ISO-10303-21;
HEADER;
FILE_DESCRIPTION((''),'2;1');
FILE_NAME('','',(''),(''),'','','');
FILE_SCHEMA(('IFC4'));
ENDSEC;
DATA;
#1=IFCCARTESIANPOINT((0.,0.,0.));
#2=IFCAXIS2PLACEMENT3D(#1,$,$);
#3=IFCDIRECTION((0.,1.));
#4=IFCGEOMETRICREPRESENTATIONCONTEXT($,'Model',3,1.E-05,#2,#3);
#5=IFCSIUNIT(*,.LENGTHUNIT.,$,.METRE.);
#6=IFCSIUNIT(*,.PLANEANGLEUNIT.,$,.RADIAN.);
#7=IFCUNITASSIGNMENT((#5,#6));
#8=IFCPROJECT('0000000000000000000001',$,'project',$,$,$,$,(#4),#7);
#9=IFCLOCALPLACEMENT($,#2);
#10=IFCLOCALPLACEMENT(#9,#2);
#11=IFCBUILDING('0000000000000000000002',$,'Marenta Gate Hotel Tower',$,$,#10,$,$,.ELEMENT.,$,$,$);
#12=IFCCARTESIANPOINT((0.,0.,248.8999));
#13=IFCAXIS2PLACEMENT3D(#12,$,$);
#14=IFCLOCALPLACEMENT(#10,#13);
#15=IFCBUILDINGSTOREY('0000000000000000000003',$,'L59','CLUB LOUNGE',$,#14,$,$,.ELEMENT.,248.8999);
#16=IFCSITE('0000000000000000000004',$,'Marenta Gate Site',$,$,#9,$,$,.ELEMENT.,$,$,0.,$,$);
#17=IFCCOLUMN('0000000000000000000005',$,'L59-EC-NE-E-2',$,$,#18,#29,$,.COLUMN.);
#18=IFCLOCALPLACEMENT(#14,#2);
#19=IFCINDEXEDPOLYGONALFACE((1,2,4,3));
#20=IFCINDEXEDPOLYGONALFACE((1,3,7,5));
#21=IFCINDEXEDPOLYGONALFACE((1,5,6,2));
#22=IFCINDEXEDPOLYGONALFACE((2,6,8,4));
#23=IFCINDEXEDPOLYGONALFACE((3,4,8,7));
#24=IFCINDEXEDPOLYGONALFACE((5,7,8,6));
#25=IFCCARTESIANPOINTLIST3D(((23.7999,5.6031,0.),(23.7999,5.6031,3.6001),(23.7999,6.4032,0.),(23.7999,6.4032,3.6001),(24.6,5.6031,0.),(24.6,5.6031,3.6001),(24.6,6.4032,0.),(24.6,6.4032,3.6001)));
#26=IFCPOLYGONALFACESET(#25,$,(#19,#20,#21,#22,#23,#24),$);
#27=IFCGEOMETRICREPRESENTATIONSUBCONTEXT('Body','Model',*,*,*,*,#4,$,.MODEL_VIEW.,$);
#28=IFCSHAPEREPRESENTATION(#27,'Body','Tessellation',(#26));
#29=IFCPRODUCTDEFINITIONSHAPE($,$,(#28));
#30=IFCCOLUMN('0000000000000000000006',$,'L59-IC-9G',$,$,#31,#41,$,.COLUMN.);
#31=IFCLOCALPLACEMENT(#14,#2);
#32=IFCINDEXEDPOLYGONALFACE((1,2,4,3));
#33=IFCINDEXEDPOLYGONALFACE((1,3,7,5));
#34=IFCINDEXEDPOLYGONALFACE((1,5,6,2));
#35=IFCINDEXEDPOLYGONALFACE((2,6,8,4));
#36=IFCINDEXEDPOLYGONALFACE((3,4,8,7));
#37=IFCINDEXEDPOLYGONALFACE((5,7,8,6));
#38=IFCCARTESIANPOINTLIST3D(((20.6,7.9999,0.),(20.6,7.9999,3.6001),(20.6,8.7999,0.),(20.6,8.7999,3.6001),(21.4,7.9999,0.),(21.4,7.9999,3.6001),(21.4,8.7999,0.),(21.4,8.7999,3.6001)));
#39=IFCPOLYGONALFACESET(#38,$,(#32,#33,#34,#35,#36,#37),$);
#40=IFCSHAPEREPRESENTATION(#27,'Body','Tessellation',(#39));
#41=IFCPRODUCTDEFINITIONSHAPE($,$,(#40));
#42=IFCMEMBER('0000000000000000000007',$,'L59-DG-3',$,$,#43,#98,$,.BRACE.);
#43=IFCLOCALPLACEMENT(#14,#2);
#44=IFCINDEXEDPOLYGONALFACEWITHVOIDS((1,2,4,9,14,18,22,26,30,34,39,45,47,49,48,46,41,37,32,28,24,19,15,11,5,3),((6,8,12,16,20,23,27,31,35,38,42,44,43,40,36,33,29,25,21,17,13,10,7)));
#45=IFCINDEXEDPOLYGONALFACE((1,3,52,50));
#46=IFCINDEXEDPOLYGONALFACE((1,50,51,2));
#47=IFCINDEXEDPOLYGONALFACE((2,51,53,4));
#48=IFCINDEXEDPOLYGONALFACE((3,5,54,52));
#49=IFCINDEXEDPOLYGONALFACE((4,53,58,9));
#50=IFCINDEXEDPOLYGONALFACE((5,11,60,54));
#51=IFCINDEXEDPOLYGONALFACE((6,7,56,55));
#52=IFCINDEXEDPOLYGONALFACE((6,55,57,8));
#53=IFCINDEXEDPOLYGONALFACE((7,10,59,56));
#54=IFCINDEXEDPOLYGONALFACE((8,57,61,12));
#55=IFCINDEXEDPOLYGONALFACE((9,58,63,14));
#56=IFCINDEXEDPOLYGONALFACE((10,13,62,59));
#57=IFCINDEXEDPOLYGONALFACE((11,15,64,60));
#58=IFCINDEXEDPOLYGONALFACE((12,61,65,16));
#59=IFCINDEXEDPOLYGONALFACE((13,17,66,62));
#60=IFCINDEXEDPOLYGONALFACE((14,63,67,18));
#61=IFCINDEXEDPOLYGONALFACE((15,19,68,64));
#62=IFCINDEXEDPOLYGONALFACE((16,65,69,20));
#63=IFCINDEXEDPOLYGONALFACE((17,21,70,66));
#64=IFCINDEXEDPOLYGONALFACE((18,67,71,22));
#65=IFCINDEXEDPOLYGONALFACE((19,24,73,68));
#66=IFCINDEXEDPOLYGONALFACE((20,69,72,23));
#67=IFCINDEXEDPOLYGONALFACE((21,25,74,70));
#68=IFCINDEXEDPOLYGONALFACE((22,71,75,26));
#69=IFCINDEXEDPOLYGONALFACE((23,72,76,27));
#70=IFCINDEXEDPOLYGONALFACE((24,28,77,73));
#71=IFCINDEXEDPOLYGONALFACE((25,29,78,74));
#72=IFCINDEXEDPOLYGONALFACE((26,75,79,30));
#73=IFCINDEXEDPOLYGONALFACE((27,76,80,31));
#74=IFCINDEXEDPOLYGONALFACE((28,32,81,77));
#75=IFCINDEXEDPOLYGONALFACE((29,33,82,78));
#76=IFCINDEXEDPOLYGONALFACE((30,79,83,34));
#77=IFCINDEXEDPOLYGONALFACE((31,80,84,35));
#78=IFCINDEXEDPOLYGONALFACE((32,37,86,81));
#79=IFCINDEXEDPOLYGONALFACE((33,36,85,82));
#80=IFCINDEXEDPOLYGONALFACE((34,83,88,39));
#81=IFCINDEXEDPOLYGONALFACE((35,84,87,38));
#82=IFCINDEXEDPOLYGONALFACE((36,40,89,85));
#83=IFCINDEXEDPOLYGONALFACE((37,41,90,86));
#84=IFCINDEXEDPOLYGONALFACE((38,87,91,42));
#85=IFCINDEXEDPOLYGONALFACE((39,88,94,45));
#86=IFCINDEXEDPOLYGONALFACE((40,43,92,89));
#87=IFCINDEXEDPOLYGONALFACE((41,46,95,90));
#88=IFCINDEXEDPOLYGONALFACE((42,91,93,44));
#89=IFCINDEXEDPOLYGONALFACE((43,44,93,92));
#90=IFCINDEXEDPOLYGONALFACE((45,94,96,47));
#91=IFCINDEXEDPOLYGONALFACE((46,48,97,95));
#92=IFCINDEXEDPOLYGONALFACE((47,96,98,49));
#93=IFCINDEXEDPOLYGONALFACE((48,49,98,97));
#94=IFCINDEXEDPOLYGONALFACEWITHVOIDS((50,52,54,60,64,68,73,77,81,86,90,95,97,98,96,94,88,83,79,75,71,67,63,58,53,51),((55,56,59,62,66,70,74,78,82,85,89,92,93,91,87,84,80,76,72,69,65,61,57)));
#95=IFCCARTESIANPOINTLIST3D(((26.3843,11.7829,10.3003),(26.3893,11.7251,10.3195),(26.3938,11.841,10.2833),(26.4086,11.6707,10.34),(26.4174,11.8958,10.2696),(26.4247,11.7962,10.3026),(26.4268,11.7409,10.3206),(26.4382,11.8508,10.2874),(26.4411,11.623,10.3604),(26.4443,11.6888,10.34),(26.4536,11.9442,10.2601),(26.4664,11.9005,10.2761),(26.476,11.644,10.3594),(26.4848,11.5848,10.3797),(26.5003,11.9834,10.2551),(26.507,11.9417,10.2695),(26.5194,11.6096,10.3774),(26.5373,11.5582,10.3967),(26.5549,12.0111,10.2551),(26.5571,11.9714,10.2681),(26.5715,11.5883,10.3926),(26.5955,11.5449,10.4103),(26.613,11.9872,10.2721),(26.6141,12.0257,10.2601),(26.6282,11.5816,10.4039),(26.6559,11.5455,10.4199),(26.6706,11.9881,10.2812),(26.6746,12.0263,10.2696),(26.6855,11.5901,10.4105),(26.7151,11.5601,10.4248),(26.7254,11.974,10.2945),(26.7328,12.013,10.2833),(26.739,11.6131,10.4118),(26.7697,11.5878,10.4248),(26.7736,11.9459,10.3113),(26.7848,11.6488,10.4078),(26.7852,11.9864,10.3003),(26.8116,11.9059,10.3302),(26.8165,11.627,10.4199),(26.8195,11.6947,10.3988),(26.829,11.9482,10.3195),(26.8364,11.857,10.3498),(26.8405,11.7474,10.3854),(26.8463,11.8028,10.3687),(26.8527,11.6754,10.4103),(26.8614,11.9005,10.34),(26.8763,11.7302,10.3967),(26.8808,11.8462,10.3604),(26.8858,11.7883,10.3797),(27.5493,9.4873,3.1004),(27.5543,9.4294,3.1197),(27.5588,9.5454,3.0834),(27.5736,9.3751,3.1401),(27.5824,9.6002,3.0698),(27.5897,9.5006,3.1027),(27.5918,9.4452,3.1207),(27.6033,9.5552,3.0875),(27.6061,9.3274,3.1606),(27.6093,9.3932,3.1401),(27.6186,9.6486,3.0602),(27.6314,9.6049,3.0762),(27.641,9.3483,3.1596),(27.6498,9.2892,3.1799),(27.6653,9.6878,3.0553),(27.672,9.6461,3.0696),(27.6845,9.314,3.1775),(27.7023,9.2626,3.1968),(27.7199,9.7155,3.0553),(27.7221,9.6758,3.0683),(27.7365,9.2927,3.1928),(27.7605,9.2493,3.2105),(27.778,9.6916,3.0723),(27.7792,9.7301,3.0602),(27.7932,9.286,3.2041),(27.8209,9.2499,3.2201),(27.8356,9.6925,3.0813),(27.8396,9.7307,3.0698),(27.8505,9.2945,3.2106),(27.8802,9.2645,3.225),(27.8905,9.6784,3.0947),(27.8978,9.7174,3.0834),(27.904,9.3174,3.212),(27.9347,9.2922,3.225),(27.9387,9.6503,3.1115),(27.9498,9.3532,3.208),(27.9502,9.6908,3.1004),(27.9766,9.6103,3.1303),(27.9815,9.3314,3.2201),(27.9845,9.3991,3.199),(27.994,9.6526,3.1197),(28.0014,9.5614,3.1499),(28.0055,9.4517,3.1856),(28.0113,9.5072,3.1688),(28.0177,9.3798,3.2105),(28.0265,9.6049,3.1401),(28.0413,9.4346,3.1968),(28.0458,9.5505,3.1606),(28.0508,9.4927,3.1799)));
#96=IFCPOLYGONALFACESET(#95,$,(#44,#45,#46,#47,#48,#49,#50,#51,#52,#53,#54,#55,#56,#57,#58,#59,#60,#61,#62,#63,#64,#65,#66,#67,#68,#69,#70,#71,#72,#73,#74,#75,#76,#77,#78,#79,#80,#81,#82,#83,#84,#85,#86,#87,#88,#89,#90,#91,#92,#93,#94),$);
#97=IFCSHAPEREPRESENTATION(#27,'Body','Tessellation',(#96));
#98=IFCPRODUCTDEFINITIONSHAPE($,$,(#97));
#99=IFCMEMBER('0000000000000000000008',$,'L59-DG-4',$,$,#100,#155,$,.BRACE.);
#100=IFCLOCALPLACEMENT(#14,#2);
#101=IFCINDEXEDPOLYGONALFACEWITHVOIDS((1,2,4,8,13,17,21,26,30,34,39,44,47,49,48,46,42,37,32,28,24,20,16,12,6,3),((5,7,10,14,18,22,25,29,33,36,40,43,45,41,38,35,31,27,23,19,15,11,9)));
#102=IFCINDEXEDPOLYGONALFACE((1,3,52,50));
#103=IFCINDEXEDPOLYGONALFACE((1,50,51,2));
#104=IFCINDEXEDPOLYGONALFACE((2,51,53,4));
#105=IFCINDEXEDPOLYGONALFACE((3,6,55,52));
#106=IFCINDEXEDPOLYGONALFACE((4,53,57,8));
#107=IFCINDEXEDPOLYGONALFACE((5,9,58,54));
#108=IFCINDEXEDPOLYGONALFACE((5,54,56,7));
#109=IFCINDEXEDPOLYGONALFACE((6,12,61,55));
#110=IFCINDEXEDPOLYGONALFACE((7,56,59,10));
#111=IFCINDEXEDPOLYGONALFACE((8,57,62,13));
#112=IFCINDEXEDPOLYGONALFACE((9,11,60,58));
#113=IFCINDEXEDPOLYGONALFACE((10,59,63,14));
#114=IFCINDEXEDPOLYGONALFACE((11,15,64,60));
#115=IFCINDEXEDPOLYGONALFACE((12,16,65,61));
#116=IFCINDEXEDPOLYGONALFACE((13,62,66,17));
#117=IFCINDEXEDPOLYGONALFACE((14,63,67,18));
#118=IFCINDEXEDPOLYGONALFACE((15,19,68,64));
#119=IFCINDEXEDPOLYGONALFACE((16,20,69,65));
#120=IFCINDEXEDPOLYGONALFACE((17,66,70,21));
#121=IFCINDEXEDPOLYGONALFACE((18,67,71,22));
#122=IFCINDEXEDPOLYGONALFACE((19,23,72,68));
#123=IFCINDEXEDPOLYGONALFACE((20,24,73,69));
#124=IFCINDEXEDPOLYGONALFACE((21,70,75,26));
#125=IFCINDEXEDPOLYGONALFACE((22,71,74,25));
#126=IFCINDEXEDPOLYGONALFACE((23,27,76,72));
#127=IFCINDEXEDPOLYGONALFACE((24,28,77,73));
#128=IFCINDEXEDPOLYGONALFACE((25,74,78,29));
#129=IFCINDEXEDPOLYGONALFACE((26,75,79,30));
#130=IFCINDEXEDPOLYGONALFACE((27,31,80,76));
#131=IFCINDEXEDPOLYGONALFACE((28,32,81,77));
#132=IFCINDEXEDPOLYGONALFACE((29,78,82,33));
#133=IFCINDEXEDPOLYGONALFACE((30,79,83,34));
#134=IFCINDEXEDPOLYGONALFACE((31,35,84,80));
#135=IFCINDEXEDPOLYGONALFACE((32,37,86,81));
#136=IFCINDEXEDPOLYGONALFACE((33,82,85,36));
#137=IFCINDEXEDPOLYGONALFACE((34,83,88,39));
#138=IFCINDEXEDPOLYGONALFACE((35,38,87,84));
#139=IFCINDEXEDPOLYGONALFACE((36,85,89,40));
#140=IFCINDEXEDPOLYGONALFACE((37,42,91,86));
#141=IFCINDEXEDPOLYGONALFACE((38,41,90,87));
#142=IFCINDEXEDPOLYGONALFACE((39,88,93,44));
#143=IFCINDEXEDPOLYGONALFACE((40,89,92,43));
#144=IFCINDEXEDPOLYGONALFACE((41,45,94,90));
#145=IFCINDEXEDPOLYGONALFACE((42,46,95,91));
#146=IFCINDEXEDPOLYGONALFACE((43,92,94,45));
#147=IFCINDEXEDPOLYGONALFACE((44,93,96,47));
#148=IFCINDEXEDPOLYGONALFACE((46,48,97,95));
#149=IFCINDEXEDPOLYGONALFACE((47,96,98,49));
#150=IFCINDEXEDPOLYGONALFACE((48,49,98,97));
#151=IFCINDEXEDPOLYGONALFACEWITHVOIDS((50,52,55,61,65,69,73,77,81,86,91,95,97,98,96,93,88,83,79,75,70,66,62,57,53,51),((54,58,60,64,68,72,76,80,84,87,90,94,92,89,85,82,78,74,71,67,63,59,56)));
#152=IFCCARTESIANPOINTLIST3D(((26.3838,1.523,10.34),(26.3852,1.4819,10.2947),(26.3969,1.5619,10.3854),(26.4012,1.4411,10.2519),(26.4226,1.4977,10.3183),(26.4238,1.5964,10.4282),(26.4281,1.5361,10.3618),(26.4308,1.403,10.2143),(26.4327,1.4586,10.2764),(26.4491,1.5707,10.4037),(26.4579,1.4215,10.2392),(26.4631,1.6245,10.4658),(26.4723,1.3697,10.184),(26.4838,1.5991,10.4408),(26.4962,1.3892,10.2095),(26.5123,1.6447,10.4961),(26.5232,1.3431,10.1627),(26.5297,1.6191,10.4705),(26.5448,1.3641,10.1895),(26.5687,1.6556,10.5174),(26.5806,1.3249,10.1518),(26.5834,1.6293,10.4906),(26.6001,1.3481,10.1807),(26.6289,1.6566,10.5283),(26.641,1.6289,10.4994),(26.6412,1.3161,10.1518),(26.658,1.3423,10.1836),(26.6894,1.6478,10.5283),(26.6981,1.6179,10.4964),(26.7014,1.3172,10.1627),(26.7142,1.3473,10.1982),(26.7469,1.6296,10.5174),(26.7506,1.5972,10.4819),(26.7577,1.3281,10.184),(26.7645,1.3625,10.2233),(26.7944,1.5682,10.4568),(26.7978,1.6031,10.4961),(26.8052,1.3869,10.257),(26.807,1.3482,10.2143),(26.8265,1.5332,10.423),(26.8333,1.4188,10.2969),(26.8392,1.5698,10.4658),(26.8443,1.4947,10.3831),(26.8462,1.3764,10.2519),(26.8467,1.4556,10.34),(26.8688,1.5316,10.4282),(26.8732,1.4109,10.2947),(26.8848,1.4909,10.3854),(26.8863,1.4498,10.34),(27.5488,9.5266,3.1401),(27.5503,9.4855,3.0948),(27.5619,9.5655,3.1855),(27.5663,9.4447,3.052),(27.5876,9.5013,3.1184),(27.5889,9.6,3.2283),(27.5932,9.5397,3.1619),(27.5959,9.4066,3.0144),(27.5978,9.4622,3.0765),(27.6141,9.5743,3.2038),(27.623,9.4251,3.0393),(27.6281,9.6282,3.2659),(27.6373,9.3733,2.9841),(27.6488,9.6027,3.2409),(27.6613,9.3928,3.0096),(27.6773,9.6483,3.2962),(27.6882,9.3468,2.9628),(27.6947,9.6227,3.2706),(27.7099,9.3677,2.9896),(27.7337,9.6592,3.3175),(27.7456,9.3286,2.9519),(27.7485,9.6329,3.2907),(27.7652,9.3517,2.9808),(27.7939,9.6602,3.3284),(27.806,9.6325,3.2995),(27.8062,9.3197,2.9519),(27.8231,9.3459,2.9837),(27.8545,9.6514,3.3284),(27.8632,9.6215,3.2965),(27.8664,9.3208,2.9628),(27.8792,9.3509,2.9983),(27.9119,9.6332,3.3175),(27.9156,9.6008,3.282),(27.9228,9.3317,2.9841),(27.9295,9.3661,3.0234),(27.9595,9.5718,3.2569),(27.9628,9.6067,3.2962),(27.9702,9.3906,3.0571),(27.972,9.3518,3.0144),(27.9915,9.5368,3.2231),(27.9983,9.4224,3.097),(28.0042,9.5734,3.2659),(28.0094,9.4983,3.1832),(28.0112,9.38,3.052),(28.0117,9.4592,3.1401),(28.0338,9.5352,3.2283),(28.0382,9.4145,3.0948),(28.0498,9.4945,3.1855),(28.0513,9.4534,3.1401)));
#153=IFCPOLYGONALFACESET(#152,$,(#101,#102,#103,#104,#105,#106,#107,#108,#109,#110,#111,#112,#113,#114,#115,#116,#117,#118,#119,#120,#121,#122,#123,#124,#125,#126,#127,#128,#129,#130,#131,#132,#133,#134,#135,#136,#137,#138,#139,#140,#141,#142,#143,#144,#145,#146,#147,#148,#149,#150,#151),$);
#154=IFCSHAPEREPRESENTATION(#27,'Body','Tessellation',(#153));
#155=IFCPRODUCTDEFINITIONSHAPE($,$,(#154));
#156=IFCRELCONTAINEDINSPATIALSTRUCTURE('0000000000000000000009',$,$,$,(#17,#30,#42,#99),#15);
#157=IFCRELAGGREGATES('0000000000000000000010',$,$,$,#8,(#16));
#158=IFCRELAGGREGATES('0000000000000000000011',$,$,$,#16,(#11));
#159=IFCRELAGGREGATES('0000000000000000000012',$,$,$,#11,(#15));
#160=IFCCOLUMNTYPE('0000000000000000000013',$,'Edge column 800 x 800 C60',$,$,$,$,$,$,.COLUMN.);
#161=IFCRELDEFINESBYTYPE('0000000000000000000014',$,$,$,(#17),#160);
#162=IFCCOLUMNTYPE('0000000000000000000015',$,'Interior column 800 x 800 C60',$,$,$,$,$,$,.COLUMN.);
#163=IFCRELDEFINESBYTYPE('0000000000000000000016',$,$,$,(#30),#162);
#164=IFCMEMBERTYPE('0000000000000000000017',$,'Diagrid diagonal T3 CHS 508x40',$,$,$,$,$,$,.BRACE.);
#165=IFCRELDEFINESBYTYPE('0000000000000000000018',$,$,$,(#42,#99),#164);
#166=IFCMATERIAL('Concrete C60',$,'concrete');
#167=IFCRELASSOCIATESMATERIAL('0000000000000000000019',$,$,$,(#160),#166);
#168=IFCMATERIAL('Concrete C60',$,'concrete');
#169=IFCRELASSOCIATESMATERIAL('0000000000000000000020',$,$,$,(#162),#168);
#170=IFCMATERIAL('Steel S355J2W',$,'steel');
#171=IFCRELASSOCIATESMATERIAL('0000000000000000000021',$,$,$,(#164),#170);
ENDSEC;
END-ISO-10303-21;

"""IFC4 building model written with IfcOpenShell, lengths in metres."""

from ifc_helpers import new_model, si_unit, direction, frame, origin, origin_2d, place, context, subcontext, project, spatial, rectangle, hollow_circle, extrude, material, material_profile, profile_set, type_object, element, save


model = new_model("IFC4")

# Units and contexts
model_context = context("Model", 3, precision=1e-05, world=origin(), true_north=direction((0.0, 1.0)))
body_context = subcontext(model_context, "Body", "Model", "MODEL_VIEW")
ifc_project = project(units=[si_unit("LENGTHUNIT", "METRE"), si_unit("PLANEANGLEUNIT", "RADIAN")], contexts=[model_context])

# Site, building, storey
site_placement = place(None, origin())
site = spatial("IfcSite", under=ifc_project, at=site_placement, Name="Marenta Gate Site", CompositionType="ELEMENT", RefElevation=0.0)
building_placement = place(site_placement, origin())
building = spatial("IfcBuilding", under=site, at=building_placement, Name="Marenta Gate Hotel Tower", CompositionType="ELEMENT")
storey_placement = place(building_placement, frame((0.0, 0.0, 248.8999)))
storey = spatial("IfcBuildingStorey", under=building, at=storey_placement, Name="L59", Description="CLUB LOUNGE", CompositionType="ELEMENT", Elevation=248.8999)

# Columns
ifc_material_1 = material(Name="Concrete C60", Category="concrete")
ifc_material_profile_1 = material_profile(ifc_material_1, rectangle(XDim=0.8, YDim=0.8, at=origin_2d()), Name="800 x 800")
ifc_profile_set_1 = profile_set([ifc_material_profile_1], Name="Concrete C60")
column_type_1 = type_object("IfcColumnType", Name="Edge column 800 x 800 C60", PredefinedType="COLUMN", material=ifc_profile_set_1)
column_1_placement = place(storey_placement, frame((24.2, 6.0032, 0.0), z_axis=(0.0, 0.0, 1.0), x_axis=(1.0, 0.0, 0.0)))
element("IfcColumn", 1, at=column_1_placement, inside=storey, type_object=column_type_1, Name="L59-EC-NE-E-2", PredefinedType="COLUMN", context=body_context, shape_type="SweptSolid", body=[
    extrude(rectangle(XDim=0.8, YDim=0.8, at=origin_2d()), origin(), (0.0, 0.0, 1.0), 3.6001),
])
ifc_material_2 = material(Name="Concrete C60", Category="concrete")
ifc_material_profile_2 = material_profile(ifc_material_2, rectangle(XDim=0.8, YDim=0.8, at=origin_2d()), Name="800 x 800")
ifc_profile_set_2 = profile_set([ifc_material_profile_2], Name="Concrete C60")
column_type_2 = type_object("IfcColumnType", Name="Interior column 800 x 800 C60", PredefinedType="COLUMN", material=ifc_profile_set_2)
column_2_placement = place(storey_placement, frame((21.0, 8.3999, 0.0), z_axis=(0.0, 0.0, 1.0), x_axis=(1.0, 0.0, 0.0)))
element("IfcColumn", 2, at=column_2_placement, inside=storey, type_object=column_type_2, Name="L59-IC-9G", PredefinedType="COLUMN", context=body_context, shape_type="SweptSolid", body=[
    extrude(rectangle(XDim=0.8, YDim=0.8, at=origin_2d()), origin(), (0.0, 0.0, 1.0), 3.6001),
])

# Members
ifc_material_3 = material(Name="Steel S355J2W", Category="steel")
ifc_material_profile_3 = material_profile(ifc_material_3, hollow_circle(Radius=0.2539, WallThickness=0.04, at=origin_2d()), Name="CHS 508x40")
ifc_profile_set_3 = profile_set([ifc_material_profile_3], Name="Steel S355J2W")
member_type_1 = type_object("IfcMemberType", Name="Diagrid diagonal T3 CHS 508x40", PredefinedType="BRACE", material=ifc_profile_set_3)
member_1_placement = place(storey_placement, frame((27.8, 9.49, 3.1401), z_axis=(-0.152365, 0.300229, 0.94162), x_axis=(-0.891737, -0.452554, 0.0)))
element("IfcMember", 3, at=member_1_placement, inside=storey, type_object=member_type_1, Name="L59-DG-3", PredefinedType="BRACE", context=body_context, shape_type="SweptSolid", body=[
    extrude(hollow_circle(Radius=0.2539, WallThickness=0.04, at=origin_2d()), origin(), (0.0, 0.0, 1.0), 7.6462),
])
member_2_placement = place(storey_placement, frame((27.8, 9.49, 3.1401), z_axis=(-0.107591, -0.739133, 0.664911), x_axis=(0.989571, -0.144045, 0.0)))
element("IfcMember", 4, at=member_2_placement, inside=storey, type_object=member_type_1, Name="L59-DG-4", PredefinedType="BRACE", context=body_context, shape_type="SweptSolid", body=[
    extrude(hollow_circle(Radius=0.2539, WallThickness=0.04, at=origin_2d()), origin(), (0.0, 0.0, 1.0), 10.8284),
])

save(model, "model.ifc")
